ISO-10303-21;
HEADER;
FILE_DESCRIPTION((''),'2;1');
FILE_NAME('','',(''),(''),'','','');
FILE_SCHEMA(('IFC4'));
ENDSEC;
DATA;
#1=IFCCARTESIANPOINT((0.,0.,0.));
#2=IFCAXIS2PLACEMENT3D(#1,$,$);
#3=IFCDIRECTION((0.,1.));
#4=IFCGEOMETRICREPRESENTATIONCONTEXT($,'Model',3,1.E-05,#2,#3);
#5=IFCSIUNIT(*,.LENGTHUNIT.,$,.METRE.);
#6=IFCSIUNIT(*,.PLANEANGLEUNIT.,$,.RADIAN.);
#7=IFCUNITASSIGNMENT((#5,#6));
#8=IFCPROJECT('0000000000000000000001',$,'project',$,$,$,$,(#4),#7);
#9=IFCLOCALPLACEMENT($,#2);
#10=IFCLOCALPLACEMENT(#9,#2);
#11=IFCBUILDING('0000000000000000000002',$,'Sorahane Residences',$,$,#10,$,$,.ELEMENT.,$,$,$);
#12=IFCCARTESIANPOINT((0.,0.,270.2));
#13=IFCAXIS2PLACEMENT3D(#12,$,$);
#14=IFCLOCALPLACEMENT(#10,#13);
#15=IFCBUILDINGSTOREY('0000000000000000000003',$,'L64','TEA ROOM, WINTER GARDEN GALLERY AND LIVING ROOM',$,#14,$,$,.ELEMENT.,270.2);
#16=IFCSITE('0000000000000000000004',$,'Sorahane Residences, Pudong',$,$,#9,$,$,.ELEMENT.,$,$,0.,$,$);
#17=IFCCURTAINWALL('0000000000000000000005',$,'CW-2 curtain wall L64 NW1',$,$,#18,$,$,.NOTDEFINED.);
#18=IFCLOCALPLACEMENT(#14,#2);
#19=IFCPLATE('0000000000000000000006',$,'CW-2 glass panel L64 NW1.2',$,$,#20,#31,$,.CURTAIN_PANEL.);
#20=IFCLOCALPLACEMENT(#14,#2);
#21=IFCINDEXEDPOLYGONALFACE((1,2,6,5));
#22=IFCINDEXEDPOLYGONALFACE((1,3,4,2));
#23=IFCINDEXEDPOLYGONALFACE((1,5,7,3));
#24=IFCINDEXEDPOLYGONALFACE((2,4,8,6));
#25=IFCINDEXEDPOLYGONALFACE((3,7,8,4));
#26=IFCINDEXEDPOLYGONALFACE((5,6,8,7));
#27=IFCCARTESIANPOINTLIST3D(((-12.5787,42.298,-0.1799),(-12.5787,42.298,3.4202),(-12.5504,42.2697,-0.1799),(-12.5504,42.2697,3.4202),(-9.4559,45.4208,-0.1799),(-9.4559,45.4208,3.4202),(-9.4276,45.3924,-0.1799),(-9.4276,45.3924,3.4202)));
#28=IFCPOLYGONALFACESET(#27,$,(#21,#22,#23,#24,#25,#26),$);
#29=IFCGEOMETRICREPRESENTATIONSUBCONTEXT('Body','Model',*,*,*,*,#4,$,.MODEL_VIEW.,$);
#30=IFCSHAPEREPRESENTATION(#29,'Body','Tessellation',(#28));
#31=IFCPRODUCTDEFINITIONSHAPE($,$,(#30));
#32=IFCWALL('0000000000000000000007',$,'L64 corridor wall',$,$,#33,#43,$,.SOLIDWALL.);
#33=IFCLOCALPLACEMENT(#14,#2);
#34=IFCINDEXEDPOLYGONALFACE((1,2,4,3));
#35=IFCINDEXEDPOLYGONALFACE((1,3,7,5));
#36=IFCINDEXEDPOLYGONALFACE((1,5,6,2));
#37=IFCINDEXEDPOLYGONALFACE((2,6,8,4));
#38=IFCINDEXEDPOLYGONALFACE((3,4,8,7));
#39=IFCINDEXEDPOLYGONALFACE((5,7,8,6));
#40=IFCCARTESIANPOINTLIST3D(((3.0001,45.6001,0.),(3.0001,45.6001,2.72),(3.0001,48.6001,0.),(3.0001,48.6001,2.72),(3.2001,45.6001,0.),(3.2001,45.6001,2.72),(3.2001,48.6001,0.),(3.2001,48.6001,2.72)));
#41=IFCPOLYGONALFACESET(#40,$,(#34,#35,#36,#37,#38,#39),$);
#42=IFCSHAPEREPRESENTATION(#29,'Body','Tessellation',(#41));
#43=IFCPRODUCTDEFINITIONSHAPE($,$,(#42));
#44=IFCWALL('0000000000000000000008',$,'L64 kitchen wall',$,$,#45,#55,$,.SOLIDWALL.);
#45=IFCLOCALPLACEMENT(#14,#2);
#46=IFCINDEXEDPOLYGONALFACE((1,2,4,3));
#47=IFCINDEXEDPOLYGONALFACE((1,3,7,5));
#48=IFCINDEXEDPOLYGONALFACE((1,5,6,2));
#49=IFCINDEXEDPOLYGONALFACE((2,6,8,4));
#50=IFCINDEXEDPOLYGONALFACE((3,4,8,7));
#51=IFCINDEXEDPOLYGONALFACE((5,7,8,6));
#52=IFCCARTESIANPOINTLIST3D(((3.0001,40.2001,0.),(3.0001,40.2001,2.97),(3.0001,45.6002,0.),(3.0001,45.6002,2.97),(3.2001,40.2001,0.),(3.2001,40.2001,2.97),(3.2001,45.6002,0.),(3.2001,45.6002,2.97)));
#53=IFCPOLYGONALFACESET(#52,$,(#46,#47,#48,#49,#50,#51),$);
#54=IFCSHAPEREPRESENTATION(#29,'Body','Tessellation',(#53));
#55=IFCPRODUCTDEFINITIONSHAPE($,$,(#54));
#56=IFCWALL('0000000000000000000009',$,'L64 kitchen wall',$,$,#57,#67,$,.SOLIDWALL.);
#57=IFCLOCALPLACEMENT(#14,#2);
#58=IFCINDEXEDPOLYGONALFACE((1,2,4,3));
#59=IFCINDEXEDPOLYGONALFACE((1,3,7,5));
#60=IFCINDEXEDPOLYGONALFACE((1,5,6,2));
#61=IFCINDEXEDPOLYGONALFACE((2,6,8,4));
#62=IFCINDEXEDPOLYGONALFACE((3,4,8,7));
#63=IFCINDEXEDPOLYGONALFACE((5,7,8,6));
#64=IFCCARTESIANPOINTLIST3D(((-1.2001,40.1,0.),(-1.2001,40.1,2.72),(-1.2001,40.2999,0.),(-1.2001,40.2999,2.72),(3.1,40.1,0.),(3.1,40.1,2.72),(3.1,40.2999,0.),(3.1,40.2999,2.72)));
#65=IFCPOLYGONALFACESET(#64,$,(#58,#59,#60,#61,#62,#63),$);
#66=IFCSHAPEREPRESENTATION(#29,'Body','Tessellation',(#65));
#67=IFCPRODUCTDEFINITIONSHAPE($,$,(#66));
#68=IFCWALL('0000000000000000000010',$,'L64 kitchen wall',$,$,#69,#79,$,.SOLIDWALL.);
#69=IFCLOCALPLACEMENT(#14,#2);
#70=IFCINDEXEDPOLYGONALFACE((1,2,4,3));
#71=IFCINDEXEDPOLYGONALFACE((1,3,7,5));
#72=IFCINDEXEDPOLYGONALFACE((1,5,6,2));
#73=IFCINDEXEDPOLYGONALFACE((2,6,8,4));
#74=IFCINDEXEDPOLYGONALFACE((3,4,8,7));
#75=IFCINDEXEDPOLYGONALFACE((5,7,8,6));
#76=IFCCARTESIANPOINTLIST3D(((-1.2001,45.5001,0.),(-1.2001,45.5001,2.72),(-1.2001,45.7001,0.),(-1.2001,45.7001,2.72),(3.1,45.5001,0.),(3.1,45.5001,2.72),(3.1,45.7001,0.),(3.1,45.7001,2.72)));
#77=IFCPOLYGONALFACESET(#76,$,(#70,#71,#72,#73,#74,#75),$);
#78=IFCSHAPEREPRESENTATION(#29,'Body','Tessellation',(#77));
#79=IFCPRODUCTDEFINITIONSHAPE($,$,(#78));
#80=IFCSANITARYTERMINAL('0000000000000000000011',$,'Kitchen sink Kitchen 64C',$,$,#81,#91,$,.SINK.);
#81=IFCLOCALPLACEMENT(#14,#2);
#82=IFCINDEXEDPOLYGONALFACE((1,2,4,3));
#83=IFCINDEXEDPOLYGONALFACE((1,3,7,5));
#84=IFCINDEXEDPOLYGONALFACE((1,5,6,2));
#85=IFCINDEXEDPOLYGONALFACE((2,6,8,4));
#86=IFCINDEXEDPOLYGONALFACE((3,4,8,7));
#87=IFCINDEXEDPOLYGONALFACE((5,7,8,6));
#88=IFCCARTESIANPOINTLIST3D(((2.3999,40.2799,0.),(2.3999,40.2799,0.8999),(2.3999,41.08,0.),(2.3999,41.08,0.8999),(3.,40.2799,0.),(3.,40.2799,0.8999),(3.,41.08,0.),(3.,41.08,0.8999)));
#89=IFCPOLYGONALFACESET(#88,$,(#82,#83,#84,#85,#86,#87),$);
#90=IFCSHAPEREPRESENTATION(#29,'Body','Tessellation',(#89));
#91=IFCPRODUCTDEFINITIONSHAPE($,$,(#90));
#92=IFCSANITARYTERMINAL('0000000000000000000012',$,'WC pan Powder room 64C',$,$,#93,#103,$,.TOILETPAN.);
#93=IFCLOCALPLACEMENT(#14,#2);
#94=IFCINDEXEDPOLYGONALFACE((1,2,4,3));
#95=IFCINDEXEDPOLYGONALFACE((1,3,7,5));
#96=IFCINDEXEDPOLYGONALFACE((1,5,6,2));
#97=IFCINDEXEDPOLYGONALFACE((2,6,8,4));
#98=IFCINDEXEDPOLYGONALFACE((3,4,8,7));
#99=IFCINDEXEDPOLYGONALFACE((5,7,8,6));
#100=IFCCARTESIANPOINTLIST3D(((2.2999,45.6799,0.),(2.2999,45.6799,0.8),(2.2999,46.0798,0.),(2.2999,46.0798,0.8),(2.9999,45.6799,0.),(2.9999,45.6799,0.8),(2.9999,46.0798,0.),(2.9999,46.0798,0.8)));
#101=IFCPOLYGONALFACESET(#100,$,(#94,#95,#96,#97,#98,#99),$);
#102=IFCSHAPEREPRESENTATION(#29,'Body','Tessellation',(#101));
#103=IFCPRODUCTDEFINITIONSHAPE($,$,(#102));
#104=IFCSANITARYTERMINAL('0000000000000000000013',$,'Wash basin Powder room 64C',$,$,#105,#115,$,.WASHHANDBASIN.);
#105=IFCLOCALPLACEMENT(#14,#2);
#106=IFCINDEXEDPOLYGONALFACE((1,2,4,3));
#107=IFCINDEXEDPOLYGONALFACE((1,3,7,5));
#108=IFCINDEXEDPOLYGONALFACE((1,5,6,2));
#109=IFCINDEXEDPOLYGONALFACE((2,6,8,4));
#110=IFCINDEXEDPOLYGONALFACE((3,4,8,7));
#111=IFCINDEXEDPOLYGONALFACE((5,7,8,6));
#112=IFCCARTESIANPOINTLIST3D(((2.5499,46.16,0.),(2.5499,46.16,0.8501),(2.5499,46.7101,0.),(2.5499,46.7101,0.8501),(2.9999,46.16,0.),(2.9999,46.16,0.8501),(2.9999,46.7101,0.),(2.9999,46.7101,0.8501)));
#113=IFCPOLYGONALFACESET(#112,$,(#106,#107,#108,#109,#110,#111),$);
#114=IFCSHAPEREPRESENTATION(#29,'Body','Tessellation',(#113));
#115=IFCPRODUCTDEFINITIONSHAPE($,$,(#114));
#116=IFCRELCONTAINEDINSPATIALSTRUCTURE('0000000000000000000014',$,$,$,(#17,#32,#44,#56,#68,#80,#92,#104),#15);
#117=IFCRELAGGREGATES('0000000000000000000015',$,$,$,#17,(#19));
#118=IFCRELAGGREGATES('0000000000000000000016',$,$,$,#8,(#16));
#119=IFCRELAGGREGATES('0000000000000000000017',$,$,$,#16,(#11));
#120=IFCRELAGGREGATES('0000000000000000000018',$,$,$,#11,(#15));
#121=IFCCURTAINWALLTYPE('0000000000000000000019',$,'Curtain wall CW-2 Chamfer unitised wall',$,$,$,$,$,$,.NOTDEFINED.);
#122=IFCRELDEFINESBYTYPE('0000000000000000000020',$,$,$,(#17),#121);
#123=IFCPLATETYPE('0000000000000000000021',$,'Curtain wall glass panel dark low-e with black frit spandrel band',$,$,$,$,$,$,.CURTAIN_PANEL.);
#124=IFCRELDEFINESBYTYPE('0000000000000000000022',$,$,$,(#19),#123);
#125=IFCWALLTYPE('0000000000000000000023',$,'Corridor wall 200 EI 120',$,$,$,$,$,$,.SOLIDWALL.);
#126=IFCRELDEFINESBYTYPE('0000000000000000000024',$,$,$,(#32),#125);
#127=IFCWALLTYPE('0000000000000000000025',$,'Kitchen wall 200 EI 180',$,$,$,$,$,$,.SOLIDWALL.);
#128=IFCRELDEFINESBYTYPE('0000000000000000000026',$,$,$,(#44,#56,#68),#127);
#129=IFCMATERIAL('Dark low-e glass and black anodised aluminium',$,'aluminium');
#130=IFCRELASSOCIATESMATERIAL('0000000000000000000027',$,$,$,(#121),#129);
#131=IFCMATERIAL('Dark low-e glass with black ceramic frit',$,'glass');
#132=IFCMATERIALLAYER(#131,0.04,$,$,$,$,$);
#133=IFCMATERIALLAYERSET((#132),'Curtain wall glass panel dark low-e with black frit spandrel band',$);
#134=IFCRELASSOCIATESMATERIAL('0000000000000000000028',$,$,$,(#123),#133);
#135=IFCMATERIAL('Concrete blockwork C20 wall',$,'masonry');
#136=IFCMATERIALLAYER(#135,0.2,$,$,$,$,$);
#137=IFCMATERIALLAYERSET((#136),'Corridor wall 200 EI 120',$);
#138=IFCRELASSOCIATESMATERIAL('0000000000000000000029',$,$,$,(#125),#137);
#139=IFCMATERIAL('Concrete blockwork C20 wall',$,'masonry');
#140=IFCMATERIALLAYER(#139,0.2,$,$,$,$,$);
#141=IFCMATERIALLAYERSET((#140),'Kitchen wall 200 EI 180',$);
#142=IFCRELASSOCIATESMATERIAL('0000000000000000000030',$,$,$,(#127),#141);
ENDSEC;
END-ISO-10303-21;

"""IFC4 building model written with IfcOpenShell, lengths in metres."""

from ifc_helpers import new_model, si_unit, direction, frame, frame_2d, origin, origin_2d, place, context, subcontext, project, spatial, rectangle, extrude, material, layer, layer_set, type_object, element, aggregate, save


model = new_model("IFC4")

# Units and contexts
model_context = context("Model", 3, precision=1e-05, world=origin(), true_north=direction((0.0, 1.0)))
body_context = subcontext(model_context, "Body", "Model", "MODEL_VIEW")
ifc_project = project(units=[si_unit("LENGTHUNIT", "METRE"), si_unit("PLANEANGLEUNIT", "RADIAN")], contexts=[model_context])

# Site, building, storey
site_placement = place(None, origin())
site = spatial("IfcSite", under=ifc_project, at=site_placement, Name="Sorahane Residences, Pudong", CompositionType="ELEMENT", RefElevation=0.0)
building_placement = place(site_placement, origin())
building = spatial("IfcBuilding", under=site, at=building_placement, Name="Sorahane Residences", CompositionType="ELEMENT")
storey_placement = place(building_placement, frame((0.0, 0.0, 270.2)))
storey = spatial("IfcBuildingStorey", under=building, at=storey_placement, Name="L64", Description="TEA ROOM, WINTER GARDEN GALLERY AND LIVING ROOM", CompositionType="ELEMENT", Elevation=270.2)

# Curtain wall
ifc_material_1 = material(Name="Dark low-e glass and black anodised aluminium", Category="aluminium")
curtain_wall_type_1 = type_object("IfcCurtainWallType", Name="Curtain wall CW-2 Chamfer unitised wall", PredefinedType="NOTDEFINED", material=ifc_material_1)
curtain_wall_1_placement = place(storey_placement, origin())
curtain_wall_1 = element("IfcCurtainWall", 1, at=curtain_wall_1_placement, inside=storey, type_object=curtain_wall_type_1, Name="CW-2 curtain wall L64 NW1", PredefinedType="NOTDEFINED")

# Plate
ifc_material_2 = material(Name="Dark low-e glass with black ceramic frit", Category="glass")
ifc_layer_1 = layer(ifc_material_2, 0.04)
ifc_layer_set_1 = layer_set([ifc_layer_1], Name="Curtain wall glass panel dark low-e with black frit spandrel band")
plate_type = type_object("IfcPlateType", Name="Curtain wall glass panel dark low-e with black frit spandrel band", PredefinedType="CURTAIN_PANEL", material=ifc_layer_set_1)
plate_1_placement = place(storey_placement, frame((-11.0032, 43.8452, -0.1799), z_axis=(0.0, 0.0, 1.0), x_axis=(-0.707107, -0.707107, 0.0)))
plate_1 = element("IfcPlate", 2, at=plate_1_placement, type_object=plate_type, Name="CW-2 glass panel L64 NW1.2", PredefinedType="CURTAIN_PANEL", context=body_context, shape_type="SweptSolid", body=[
    extrude(rectangle(XDim=4.4163, YDim=0.04, at=origin_2d()), origin(), (0.0, 0.0, 1.0), 3.6001),
])
aggregate(curtain_wall_1, [plate_1])

# Wall
ifc_material_3 = material(Name="Concrete blockwork C20 wall", Category="masonry")
ifc_layer_2 = layer(ifc_material_3, 0.2)
ifc_layer_set_2 = layer_set([ifc_layer_2], Name="Corridor wall 200 EI 120")
wall_type_1 = type_object("IfcWallType", Name="Corridor wall 200 EI 120", PredefinedType="SOLIDWALL", material=ifc_layer_set_2)
wall_1_placement = place(storey_placement, frame((3.1001, 45.6001, 0.0), z_axis=(0.0, 0.0, 1.0), x_axis=(0.0, 1.0, 0.0)))
element("IfcWall", 3, at=wall_1_placement, inside=storey, type_object=wall_type_1, Name="L64 corridor wall", PredefinedType="SOLIDWALL", context=body_context, shape_type="SweptSolid", body=[
    extrude(rectangle(XDim=3.0, YDim=0.2, at=frame_2d((1.5, 0.0))), origin(), (0.0, 0.0, 1.0), 2.72),
])

# Shared definitions
ifc_material_4 = material(Name="Concrete blockwork C20 wall", Category="masonry")
ifc_layer_3 = layer(ifc_material_4, 0.2)
ifc_layer_set_3 = layer_set([ifc_layer_3], Name="Kitchen wall 200 EI 180")
wall_type_2 = type_object("IfcWallType", Name="Kitchen wall 200 EI 180", PredefinedType="SOLIDWALL", material=ifc_layer_set_3)

# Walls
wall_2_placement = place(storey_placement, frame((3.1001, 40.2, 0.0), z_axis=(0.0, 0.0, 1.0), x_axis=(0.0, 1.0, 0.0)))
element("IfcWall", 4, at=wall_2_placement, inside=storey, type_object=wall_type_2, Name="L64 kitchen wall", PredefinedType="SOLIDWALL", context=body_context, shape_type="SweptSolid", body=[
    extrude(rectangle(XDim=5.4001, YDim=0.2, at=frame_2d((2.7002, 0.0))), origin(), (0.0, 0.0, 1.0), 2.97),
])
for number, where, z_axis, x_axis, name in (
    (5, (-1.2, 40.2, 0.0), (0.0, 0.0, 1.0), (1.0, 0.0, 0.0), "L64 kitchen wall"),
    (6, (-1.2, 45.6001, 0.0), (0.0, 0.0, 1.0), (1.0, 0.0, 0.0), "L64 kitchen wall"),
):
    element("IfcWall", number, at=place(storey_placement, frame(where, z_axis=z_axis, x_axis=x_axis)), inside=storey, type_object=wall_type_2, Name=name, PredefinedType="SOLIDWALL", context=body_context, shape_type="SweptSolid", body=[
        extrude(rectangle(XDim=4.3, YDim=0.2, at=frame_2d((2.1499, 0.0))), origin(), (0.0, 0.0, 1.0), 2.72),
    ])

# Sanitary terminals
sanitary_terminal_1_placement = place(storey_placement, frame((2.7, 40.6799, 0.0), z_axis=(0.0, 0.0, 1.0), x_axis=(0.0, -1.0, 0.0)))
element("IfcSanitaryTerminal", 7, at=sanitary_terminal_1_placement, inside=storey, Name="Kitchen sink Kitchen 64C", PredefinedType="SINK", context=body_context, shape_type="SweptSolid", body=[
    extrude(rectangle(XDim=0.8, YDim=0.6001, at=origin_2d()), origin(), (0.0, 0.0, 1.0), 0.8999),
])
sanitary_terminal_2_placement = place(storey_placement, frame((2.6499, 45.8799, 0.0), z_axis=(0.0, 0.0, 1.0), x_axis=(0.0, -1.0, 0.0)))
element("IfcSanitaryTerminal", 8, at=sanitary_terminal_2_placement, inside=storey, Name="WC pan Powder room 64C", PredefinedType="TOILETPAN", context=body_context, shape_type="SweptSolid", body=[
    extrude(rectangle(XDim=0.3999, YDim=0.7, at=origin_2d()), origin(), (0.0, 0.0, 1.0), 0.8),
])
sanitary_terminal_3_placement = place(storey_placement, frame((2.7749, 46.4351, 0.0), z_axis=(0.0, 0.0, 1.0), x_axis=(0.0, -1.0, 0.0)))
element("IfcSanitaryTerminal", 9, at=sanitary_terminal_3_placement, inside=storey, Name="Wash basin Powder room 64C", PredefinedType="WASHHANDBASIN", context=body_context, shape_type="SweptSolid", body=[
    extrude(rectangle(XDim=0.55, YDim=0.45, at=origin_2d()), origin(), (0.0, 0.0, 1.0), 0.8501),
])

save(model, "model.ifc")
